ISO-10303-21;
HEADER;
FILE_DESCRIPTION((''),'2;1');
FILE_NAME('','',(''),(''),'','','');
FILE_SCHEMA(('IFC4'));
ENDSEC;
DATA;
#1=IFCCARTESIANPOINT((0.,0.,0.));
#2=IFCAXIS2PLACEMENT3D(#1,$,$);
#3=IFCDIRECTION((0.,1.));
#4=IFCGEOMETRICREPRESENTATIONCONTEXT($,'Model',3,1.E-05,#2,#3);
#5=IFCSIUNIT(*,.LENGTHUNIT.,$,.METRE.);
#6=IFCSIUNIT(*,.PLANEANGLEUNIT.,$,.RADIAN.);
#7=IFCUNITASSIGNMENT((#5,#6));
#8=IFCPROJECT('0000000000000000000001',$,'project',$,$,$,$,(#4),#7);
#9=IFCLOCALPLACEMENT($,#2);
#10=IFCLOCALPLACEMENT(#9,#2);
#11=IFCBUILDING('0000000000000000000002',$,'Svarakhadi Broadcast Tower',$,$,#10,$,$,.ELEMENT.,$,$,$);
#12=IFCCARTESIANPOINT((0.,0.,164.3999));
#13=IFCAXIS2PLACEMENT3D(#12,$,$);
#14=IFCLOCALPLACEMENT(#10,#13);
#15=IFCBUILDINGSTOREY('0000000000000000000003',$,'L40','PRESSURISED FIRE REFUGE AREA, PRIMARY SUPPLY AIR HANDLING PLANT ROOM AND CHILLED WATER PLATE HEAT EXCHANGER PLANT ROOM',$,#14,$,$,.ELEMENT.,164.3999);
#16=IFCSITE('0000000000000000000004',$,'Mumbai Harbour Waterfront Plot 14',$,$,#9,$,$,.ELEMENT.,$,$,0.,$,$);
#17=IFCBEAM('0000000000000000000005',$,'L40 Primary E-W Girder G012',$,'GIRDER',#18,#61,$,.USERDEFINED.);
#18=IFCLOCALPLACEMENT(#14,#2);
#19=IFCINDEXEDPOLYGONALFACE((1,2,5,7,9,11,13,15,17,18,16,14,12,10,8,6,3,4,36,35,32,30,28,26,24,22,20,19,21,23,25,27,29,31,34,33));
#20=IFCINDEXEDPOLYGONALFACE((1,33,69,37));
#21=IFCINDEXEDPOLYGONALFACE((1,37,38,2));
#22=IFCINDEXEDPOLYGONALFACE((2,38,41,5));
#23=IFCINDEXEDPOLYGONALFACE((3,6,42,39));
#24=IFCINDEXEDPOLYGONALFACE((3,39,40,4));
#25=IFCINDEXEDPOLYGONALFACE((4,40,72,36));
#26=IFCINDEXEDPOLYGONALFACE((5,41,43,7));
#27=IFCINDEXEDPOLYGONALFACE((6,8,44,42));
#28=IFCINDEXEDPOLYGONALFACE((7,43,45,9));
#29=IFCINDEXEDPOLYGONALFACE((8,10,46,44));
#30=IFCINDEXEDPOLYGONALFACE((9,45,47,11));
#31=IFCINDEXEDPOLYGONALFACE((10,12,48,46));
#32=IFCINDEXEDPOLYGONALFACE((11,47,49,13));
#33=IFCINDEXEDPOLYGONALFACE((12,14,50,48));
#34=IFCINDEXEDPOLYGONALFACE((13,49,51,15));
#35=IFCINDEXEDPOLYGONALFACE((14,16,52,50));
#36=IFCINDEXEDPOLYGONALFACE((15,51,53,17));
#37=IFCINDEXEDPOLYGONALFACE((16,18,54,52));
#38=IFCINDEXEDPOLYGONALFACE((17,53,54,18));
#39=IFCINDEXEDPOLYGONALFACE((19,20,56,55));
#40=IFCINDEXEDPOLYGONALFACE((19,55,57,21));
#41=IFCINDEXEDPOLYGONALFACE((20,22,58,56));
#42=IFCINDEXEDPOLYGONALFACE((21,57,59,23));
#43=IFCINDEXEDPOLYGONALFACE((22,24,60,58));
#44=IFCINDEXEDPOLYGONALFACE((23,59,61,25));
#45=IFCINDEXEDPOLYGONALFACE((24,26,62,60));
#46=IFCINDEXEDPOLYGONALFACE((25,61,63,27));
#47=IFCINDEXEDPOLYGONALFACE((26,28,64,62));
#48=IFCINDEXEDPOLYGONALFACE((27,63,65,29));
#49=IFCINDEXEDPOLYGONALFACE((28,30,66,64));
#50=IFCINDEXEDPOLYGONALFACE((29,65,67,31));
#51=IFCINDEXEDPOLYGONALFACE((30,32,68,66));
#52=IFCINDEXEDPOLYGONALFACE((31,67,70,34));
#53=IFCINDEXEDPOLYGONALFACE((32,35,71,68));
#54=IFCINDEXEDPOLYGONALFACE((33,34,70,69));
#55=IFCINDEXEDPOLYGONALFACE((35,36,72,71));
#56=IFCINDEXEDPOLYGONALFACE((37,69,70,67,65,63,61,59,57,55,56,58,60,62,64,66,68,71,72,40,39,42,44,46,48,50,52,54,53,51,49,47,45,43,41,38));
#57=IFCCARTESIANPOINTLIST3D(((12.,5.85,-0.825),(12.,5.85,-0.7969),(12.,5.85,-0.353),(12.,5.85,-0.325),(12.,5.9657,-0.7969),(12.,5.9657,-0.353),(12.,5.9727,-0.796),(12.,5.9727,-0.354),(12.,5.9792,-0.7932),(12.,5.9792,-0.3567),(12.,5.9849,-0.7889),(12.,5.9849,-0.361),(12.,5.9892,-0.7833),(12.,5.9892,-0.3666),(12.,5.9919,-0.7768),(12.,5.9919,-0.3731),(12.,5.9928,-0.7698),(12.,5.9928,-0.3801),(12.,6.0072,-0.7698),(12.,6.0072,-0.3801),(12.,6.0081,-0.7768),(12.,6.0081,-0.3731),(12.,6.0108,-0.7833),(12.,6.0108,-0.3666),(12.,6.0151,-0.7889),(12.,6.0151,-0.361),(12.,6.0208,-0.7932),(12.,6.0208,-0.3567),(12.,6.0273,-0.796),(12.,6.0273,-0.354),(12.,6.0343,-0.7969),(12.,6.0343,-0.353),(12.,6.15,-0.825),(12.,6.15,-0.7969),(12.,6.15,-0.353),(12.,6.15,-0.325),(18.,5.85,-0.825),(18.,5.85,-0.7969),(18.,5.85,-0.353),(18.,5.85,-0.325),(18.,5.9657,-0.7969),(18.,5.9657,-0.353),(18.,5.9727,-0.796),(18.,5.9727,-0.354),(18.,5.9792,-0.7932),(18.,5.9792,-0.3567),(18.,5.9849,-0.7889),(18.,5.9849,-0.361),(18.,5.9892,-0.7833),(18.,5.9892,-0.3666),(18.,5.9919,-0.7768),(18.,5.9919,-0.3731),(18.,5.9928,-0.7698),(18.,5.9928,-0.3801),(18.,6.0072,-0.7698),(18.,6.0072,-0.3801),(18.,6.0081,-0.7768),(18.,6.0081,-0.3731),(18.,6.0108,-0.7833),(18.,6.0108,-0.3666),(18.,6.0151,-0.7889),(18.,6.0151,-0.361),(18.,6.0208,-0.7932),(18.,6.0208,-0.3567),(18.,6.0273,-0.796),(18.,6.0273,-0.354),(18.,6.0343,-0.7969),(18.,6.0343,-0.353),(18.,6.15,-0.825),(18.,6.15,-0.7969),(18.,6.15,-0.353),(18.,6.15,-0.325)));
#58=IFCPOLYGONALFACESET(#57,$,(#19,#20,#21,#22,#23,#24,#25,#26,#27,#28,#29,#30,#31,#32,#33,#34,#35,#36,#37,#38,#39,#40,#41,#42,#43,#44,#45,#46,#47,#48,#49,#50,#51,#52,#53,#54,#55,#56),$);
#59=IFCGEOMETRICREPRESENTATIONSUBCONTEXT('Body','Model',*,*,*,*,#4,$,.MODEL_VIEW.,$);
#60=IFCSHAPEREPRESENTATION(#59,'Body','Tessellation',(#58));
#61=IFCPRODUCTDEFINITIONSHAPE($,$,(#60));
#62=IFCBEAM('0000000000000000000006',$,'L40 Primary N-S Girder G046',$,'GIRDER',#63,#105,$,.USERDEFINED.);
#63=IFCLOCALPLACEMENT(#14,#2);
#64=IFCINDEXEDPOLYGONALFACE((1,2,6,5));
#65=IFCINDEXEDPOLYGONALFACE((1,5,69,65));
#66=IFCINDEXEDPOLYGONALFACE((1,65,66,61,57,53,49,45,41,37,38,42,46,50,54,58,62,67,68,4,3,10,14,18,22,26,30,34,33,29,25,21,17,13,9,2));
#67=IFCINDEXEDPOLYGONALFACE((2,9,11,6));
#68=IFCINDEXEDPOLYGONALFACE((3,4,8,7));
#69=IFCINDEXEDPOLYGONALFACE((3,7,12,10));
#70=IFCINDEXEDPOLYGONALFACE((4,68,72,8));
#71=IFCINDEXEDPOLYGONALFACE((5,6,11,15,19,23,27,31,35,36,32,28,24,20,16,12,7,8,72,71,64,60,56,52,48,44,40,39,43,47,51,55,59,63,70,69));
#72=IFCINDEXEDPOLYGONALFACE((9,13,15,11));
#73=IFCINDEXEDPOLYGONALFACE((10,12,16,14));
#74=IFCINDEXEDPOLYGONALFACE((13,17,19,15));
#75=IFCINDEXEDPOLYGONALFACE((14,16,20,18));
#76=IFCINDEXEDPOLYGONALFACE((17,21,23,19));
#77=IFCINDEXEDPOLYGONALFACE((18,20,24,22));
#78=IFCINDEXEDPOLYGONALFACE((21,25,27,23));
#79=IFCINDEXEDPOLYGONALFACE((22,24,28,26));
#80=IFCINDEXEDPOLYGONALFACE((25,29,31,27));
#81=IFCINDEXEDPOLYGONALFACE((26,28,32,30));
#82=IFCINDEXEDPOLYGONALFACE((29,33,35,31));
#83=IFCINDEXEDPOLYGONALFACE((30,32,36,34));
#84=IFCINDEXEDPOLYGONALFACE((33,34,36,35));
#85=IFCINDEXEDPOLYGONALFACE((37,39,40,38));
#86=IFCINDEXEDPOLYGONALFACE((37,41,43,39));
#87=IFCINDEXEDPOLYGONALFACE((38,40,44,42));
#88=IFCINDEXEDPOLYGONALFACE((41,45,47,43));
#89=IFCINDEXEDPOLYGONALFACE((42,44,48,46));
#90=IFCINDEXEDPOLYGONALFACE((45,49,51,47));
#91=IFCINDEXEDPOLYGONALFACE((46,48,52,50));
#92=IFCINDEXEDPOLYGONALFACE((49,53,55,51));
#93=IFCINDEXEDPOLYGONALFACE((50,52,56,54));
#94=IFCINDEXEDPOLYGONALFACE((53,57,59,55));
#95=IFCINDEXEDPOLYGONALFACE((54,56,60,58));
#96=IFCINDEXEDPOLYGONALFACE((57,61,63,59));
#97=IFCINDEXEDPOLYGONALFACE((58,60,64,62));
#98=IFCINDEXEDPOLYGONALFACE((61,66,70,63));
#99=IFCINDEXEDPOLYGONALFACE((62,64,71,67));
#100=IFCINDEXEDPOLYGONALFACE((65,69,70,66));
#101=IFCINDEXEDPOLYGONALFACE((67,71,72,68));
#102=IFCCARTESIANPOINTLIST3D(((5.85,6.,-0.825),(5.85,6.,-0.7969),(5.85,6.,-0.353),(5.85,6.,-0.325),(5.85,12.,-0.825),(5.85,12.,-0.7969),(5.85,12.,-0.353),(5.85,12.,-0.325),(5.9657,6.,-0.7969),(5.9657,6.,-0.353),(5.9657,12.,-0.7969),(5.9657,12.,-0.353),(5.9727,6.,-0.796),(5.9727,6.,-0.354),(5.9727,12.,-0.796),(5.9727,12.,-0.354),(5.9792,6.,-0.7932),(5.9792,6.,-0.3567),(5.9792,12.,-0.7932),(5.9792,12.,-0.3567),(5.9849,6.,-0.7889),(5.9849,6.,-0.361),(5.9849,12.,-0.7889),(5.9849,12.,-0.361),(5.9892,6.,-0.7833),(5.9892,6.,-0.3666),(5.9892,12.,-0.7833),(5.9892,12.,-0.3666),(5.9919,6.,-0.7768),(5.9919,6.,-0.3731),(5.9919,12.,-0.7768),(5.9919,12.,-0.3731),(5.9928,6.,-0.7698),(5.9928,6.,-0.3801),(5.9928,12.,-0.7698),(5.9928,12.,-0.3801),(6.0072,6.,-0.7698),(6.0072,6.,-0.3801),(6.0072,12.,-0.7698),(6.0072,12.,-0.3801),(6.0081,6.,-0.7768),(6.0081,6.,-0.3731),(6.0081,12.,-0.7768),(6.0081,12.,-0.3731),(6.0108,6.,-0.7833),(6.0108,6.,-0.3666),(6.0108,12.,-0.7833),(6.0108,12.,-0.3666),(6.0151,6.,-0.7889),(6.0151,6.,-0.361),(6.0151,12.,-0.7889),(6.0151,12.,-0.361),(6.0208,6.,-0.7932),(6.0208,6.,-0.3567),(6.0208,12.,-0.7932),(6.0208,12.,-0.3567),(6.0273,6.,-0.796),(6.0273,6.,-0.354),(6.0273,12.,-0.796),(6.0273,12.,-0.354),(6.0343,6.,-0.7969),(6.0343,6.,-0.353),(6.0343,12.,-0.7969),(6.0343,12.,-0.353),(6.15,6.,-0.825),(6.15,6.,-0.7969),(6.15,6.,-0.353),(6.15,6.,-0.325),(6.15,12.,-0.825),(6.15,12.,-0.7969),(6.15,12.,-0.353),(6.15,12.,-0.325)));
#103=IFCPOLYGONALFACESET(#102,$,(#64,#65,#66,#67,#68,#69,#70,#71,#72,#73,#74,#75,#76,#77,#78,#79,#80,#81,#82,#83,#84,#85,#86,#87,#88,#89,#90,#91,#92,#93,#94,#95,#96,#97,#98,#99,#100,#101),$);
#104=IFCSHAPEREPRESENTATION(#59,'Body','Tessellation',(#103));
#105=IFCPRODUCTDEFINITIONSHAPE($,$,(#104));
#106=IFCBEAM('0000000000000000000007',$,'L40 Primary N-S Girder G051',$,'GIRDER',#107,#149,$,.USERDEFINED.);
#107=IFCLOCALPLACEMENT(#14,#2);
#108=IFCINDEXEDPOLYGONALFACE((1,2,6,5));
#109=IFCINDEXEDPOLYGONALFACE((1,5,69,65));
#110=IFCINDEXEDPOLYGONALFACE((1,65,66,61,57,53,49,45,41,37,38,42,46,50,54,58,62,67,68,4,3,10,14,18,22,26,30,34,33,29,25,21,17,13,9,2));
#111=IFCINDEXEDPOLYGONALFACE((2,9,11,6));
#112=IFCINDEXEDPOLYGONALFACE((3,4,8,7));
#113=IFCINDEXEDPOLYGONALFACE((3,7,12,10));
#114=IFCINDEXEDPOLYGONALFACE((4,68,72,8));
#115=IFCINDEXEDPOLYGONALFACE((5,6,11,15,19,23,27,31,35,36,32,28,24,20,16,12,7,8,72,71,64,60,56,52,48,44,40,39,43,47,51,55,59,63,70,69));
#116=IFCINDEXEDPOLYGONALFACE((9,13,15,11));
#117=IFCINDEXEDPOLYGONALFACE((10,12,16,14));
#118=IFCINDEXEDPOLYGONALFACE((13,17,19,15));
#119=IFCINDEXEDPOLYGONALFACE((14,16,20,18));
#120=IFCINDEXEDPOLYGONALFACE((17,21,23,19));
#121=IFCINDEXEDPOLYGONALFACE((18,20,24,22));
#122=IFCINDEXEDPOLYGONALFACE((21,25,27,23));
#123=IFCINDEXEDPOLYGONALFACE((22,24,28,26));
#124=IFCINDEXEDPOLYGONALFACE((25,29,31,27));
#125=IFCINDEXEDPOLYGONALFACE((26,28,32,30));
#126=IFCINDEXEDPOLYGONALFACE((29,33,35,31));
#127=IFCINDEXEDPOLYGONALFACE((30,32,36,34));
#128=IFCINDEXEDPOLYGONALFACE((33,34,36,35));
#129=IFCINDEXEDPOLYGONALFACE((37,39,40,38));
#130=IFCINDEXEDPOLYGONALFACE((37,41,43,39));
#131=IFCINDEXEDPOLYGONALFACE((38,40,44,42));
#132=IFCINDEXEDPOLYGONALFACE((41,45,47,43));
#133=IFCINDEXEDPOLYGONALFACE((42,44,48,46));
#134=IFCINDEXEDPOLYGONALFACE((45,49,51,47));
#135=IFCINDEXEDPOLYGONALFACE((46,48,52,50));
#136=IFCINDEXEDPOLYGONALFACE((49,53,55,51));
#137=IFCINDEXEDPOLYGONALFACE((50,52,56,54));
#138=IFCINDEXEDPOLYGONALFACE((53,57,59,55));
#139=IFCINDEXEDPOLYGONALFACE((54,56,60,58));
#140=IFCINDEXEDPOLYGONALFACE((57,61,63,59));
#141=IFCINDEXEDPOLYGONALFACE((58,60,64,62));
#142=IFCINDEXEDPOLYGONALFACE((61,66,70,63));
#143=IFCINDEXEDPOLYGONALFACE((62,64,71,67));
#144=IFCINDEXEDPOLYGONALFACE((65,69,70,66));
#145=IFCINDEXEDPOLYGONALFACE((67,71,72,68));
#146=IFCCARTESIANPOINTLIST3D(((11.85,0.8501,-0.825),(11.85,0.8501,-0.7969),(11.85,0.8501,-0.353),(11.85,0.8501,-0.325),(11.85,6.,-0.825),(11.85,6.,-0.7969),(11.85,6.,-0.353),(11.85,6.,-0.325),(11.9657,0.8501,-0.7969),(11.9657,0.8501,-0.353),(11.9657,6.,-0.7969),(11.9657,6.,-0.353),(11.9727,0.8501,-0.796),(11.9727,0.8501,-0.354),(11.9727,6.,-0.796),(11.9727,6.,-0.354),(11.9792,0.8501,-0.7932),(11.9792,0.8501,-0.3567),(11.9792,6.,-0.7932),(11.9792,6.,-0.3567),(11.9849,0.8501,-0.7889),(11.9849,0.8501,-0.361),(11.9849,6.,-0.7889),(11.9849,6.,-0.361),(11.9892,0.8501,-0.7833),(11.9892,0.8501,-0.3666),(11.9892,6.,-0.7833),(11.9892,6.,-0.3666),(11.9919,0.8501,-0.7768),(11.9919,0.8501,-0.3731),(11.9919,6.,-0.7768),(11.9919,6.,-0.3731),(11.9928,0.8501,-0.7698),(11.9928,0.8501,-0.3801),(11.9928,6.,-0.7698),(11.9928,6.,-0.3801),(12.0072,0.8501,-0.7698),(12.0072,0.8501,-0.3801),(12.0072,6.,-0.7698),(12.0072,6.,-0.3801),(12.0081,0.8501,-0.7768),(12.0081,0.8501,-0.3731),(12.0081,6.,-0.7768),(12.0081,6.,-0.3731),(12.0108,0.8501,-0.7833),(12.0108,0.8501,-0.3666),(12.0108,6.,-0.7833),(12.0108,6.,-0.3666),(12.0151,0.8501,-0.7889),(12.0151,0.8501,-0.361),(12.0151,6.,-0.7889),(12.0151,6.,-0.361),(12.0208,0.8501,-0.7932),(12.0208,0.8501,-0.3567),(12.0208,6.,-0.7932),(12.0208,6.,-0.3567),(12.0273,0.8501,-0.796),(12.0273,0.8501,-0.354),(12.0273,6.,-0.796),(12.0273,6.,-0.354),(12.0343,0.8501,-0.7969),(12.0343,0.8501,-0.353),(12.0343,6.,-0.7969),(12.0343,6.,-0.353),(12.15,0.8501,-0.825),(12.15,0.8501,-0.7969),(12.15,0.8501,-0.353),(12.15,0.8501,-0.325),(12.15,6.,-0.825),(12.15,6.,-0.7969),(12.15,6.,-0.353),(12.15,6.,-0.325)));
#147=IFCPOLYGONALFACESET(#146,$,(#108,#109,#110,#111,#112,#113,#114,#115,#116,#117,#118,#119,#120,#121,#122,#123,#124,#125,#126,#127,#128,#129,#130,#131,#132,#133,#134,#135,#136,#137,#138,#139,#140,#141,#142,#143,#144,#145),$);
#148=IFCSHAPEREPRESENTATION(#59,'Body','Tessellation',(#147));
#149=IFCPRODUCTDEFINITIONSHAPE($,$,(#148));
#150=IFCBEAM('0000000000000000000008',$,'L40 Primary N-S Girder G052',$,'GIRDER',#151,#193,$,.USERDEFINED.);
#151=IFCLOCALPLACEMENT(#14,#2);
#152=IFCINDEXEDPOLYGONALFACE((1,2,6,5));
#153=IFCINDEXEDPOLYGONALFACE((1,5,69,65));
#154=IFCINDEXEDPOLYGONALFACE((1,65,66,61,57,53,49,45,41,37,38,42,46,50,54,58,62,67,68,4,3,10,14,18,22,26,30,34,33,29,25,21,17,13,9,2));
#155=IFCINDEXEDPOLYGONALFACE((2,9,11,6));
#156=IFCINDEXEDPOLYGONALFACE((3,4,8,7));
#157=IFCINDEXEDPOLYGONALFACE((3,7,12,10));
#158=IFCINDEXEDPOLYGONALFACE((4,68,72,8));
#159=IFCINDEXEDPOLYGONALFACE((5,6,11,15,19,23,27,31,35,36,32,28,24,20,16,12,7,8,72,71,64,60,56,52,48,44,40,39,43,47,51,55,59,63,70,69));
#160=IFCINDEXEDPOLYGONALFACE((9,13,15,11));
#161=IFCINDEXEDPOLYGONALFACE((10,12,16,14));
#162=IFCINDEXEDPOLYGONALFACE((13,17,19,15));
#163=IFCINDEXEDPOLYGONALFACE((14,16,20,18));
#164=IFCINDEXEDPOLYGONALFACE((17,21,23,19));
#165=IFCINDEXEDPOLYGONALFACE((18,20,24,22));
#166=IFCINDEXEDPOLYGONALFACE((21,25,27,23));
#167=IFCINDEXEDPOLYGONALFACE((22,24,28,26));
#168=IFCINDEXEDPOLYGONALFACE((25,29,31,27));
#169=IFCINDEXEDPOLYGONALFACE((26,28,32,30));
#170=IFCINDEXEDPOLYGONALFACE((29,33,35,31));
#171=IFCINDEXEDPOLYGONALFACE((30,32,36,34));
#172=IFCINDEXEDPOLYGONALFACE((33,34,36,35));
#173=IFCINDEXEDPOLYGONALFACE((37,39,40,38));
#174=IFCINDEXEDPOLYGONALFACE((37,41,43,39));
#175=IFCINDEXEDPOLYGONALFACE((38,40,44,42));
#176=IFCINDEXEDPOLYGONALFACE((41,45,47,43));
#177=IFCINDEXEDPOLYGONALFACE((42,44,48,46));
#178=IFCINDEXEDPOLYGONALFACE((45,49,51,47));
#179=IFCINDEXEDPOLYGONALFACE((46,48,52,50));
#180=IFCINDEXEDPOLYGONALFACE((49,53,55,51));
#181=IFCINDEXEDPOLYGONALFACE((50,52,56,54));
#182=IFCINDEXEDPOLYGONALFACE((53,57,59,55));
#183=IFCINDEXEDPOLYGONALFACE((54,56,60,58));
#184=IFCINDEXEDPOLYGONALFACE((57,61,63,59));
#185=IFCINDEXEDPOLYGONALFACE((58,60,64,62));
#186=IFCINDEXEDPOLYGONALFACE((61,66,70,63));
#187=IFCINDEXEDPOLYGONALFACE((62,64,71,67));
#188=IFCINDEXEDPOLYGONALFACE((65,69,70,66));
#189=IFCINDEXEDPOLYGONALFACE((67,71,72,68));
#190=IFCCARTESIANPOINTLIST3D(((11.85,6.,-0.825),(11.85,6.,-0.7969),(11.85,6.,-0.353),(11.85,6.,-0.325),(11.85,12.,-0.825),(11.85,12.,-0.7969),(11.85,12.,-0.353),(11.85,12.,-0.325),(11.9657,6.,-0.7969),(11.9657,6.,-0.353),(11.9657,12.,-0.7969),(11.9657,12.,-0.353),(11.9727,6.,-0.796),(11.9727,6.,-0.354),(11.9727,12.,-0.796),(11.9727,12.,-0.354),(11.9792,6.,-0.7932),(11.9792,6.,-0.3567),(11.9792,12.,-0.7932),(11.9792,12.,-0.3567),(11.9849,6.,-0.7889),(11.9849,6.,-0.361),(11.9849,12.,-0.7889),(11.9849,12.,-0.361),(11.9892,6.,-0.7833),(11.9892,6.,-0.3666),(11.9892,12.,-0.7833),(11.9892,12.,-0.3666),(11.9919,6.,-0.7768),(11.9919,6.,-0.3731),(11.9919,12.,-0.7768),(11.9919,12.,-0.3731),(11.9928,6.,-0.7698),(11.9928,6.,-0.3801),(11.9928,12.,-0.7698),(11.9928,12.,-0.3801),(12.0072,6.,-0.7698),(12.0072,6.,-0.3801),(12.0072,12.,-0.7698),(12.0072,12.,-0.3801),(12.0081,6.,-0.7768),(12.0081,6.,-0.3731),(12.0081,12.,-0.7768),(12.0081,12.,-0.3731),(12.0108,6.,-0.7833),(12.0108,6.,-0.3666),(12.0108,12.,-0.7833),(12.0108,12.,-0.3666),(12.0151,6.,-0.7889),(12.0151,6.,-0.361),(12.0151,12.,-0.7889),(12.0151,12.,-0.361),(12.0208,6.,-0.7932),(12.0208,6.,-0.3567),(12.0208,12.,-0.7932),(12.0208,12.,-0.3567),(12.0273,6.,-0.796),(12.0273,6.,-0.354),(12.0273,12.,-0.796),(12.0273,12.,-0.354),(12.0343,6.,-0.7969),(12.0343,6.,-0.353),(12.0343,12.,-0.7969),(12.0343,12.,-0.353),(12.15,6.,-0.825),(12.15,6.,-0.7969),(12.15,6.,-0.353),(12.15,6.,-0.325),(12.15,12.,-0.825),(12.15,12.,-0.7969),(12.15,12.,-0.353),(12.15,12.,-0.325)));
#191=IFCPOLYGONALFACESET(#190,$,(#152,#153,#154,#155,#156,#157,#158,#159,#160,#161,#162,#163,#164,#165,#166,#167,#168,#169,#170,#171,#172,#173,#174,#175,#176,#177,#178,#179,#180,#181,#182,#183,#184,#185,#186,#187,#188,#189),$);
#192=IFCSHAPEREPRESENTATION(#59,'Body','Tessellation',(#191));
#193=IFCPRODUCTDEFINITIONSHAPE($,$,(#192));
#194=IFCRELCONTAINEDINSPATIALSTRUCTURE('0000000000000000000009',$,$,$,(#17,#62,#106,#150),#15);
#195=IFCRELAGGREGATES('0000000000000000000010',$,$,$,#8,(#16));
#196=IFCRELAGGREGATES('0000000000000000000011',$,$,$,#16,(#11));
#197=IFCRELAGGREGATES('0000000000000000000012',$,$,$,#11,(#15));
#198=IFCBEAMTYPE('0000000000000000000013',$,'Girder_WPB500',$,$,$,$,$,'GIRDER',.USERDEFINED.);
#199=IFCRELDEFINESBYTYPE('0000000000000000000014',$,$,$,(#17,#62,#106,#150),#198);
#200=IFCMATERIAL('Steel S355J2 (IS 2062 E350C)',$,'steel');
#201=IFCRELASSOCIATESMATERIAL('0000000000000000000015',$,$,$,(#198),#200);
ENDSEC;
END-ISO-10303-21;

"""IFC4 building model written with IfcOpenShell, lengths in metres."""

from ifc_helpers import new_model, si_unit, direction, frame, origin, origin_2d, place, context, subcontext, project, spatial, i_section, extrude, material, material_profile, profile_set, type_object, element, save


model = new_model("IFC4")

# Units and contexts
model_context = context("Model", 3, precision=1e-05, world=origin(), true_north=direction((0.0, 1.0)))
body_context = subcontext(model_context, "Body", "Model", "MODEL_VIEW")
ifc_project = project(units=[si_unit("LENGTHUNIT", "METRE"), si_unit("PLANEANGLEUNIT", "RADIAN")], contexts=[model_context])

# Site, building, storey
site_placement = place(None, origin())
site = spatial("IfcSite", under=ifc_project, at=site_placement, Name="Mumbai Harbour Waterfront Plot 14", CompositionType="ELEMENT", RefElevation=0.0)
building_placement = place(site_placement, origin())
building = spatial("IfcBuilding", under=site, at=building_placement, Name="Svarakhadi Broadcast Tower", CompositionType="ELEMENT")
storey_placement = place(building_placement, frame((0.0, 0.0, 164.3999)))
storey = spatial("IfcBuildingStorey", under=building, at=storey_placement, Name="L40", Description="PRESSURISED FIRE REFUGE AREA, PRIMARY SUPPLY AIR HANDLING PLANT ROOM AND CHILLED WATER PLATE HEAT EXCHANGER PLANT ROOM", CompositionType="ELEMENT", Elevation=164.3999)

# Shared definitions
ifc_material_1 = material(Name="Steel S355J2 (IS 2062 E350C)", Category="steel")

# Beams
ifc_material_profile_1 = material_profile(ifc_material_1, i_section(OverallWidth=0.3, OverallDepth=0.5, WebThickness=0.0144, FlangeThickness=0.0281, FilletRadius=0.0271, at=origin_2d()), Name="WPB 500x300x187")
ifc_profile_set_1 = profile_set([ifc_material_profile_1], Name="Steel S355J2 (IS 2062 E350C)")
beam_type_1 = type_object("IfcBeamType", Name="Girder_WPB500", ElementType="GIRDER", PredefinedType="USERDEFINED", material=ifc_profile_set_1)
for number, where, z_axis, x_axis, name in (
    (1, (12.0, 6.0, -0.575), (1.0, 0.0, 0.0), (0.0, 1.0, 0.0), "L40 Primary E-W Girder G012"),
    (2, (6.0, 6.0, -0.575), (0.0, 1.0, 0.0), (-1.0, 0.0, 0.0), "L40 Primary N-S Girder G046"),
):
    element("IfcBeam", number, at=place(storey_placement, frame(where, z_axis=z_axis, x_axis=x_axis)), inside=storey, type_object=beam_type_1, Name=name, ObjectType="GIRDER", PredefinedType="USERDEFINED", context=body_context, shape_type="SweptSolid", body=[
        extrude(i_section(OverallWidth=0.3, OverallDepth=0.5, WebThickness=0.0144, FlangeThickness=0.0281, FilletRadius=0.0271, at=origin_2d()), origin(), (0.0, 0.0, 1.0), 6.0),
    ])
beam_1_placement = place(storey_placement, frame((12.0, 0.8501, -0.575), z_axis=(0.0, 1.0, 0.0), x_axis=(-1.0, 0.0, 0.0)))
element("IfcBeam", 3, at=beam_1_placement, inside=storey, type_object=beam_type_1, Name="L40 Primary N-S Girder G051", ObjectType="GIRDER", PredefinedType="USERDEFINED", context=body_context, shape_type="SweptSolid", body=[
    extrude(i_section(OverallWidth=0.3, OverallDepth=0.5, WebThickness=0.0144, FlangeThickness=0.0281, FilletRadius=0.0271, at=origin_2d()), origin(), (0.0, 0.0, 1.0), 5.1499),
])
beam_2_placement = place(storey_placement, frame((12.0, 6.0, -0.575), z_axis=(0.0, 1.0, 0.0), x_axis=(-1.0, 0.0, 0.0)))
element("IfcBeam", 4, at=beam_2_placement, inside=storey, type_object=beam_type_1, Name="L40 Primary N-S Girder G052", ObjectType="GIRDER", PredefinedType="USERDEFINED", context=body_context, shape_type="SweptSolid", body=[
    extrude(i_section(OverallWidth=0.3, OverallDepth=0.5, WebThickness=0.0144, FlangeThickness=0.0281, FilletRadius=0.0271, at=origin_2d()), origin(), (0.0, 0.0, 1.0), 6.0),
])

save(model, "model.ifc")
